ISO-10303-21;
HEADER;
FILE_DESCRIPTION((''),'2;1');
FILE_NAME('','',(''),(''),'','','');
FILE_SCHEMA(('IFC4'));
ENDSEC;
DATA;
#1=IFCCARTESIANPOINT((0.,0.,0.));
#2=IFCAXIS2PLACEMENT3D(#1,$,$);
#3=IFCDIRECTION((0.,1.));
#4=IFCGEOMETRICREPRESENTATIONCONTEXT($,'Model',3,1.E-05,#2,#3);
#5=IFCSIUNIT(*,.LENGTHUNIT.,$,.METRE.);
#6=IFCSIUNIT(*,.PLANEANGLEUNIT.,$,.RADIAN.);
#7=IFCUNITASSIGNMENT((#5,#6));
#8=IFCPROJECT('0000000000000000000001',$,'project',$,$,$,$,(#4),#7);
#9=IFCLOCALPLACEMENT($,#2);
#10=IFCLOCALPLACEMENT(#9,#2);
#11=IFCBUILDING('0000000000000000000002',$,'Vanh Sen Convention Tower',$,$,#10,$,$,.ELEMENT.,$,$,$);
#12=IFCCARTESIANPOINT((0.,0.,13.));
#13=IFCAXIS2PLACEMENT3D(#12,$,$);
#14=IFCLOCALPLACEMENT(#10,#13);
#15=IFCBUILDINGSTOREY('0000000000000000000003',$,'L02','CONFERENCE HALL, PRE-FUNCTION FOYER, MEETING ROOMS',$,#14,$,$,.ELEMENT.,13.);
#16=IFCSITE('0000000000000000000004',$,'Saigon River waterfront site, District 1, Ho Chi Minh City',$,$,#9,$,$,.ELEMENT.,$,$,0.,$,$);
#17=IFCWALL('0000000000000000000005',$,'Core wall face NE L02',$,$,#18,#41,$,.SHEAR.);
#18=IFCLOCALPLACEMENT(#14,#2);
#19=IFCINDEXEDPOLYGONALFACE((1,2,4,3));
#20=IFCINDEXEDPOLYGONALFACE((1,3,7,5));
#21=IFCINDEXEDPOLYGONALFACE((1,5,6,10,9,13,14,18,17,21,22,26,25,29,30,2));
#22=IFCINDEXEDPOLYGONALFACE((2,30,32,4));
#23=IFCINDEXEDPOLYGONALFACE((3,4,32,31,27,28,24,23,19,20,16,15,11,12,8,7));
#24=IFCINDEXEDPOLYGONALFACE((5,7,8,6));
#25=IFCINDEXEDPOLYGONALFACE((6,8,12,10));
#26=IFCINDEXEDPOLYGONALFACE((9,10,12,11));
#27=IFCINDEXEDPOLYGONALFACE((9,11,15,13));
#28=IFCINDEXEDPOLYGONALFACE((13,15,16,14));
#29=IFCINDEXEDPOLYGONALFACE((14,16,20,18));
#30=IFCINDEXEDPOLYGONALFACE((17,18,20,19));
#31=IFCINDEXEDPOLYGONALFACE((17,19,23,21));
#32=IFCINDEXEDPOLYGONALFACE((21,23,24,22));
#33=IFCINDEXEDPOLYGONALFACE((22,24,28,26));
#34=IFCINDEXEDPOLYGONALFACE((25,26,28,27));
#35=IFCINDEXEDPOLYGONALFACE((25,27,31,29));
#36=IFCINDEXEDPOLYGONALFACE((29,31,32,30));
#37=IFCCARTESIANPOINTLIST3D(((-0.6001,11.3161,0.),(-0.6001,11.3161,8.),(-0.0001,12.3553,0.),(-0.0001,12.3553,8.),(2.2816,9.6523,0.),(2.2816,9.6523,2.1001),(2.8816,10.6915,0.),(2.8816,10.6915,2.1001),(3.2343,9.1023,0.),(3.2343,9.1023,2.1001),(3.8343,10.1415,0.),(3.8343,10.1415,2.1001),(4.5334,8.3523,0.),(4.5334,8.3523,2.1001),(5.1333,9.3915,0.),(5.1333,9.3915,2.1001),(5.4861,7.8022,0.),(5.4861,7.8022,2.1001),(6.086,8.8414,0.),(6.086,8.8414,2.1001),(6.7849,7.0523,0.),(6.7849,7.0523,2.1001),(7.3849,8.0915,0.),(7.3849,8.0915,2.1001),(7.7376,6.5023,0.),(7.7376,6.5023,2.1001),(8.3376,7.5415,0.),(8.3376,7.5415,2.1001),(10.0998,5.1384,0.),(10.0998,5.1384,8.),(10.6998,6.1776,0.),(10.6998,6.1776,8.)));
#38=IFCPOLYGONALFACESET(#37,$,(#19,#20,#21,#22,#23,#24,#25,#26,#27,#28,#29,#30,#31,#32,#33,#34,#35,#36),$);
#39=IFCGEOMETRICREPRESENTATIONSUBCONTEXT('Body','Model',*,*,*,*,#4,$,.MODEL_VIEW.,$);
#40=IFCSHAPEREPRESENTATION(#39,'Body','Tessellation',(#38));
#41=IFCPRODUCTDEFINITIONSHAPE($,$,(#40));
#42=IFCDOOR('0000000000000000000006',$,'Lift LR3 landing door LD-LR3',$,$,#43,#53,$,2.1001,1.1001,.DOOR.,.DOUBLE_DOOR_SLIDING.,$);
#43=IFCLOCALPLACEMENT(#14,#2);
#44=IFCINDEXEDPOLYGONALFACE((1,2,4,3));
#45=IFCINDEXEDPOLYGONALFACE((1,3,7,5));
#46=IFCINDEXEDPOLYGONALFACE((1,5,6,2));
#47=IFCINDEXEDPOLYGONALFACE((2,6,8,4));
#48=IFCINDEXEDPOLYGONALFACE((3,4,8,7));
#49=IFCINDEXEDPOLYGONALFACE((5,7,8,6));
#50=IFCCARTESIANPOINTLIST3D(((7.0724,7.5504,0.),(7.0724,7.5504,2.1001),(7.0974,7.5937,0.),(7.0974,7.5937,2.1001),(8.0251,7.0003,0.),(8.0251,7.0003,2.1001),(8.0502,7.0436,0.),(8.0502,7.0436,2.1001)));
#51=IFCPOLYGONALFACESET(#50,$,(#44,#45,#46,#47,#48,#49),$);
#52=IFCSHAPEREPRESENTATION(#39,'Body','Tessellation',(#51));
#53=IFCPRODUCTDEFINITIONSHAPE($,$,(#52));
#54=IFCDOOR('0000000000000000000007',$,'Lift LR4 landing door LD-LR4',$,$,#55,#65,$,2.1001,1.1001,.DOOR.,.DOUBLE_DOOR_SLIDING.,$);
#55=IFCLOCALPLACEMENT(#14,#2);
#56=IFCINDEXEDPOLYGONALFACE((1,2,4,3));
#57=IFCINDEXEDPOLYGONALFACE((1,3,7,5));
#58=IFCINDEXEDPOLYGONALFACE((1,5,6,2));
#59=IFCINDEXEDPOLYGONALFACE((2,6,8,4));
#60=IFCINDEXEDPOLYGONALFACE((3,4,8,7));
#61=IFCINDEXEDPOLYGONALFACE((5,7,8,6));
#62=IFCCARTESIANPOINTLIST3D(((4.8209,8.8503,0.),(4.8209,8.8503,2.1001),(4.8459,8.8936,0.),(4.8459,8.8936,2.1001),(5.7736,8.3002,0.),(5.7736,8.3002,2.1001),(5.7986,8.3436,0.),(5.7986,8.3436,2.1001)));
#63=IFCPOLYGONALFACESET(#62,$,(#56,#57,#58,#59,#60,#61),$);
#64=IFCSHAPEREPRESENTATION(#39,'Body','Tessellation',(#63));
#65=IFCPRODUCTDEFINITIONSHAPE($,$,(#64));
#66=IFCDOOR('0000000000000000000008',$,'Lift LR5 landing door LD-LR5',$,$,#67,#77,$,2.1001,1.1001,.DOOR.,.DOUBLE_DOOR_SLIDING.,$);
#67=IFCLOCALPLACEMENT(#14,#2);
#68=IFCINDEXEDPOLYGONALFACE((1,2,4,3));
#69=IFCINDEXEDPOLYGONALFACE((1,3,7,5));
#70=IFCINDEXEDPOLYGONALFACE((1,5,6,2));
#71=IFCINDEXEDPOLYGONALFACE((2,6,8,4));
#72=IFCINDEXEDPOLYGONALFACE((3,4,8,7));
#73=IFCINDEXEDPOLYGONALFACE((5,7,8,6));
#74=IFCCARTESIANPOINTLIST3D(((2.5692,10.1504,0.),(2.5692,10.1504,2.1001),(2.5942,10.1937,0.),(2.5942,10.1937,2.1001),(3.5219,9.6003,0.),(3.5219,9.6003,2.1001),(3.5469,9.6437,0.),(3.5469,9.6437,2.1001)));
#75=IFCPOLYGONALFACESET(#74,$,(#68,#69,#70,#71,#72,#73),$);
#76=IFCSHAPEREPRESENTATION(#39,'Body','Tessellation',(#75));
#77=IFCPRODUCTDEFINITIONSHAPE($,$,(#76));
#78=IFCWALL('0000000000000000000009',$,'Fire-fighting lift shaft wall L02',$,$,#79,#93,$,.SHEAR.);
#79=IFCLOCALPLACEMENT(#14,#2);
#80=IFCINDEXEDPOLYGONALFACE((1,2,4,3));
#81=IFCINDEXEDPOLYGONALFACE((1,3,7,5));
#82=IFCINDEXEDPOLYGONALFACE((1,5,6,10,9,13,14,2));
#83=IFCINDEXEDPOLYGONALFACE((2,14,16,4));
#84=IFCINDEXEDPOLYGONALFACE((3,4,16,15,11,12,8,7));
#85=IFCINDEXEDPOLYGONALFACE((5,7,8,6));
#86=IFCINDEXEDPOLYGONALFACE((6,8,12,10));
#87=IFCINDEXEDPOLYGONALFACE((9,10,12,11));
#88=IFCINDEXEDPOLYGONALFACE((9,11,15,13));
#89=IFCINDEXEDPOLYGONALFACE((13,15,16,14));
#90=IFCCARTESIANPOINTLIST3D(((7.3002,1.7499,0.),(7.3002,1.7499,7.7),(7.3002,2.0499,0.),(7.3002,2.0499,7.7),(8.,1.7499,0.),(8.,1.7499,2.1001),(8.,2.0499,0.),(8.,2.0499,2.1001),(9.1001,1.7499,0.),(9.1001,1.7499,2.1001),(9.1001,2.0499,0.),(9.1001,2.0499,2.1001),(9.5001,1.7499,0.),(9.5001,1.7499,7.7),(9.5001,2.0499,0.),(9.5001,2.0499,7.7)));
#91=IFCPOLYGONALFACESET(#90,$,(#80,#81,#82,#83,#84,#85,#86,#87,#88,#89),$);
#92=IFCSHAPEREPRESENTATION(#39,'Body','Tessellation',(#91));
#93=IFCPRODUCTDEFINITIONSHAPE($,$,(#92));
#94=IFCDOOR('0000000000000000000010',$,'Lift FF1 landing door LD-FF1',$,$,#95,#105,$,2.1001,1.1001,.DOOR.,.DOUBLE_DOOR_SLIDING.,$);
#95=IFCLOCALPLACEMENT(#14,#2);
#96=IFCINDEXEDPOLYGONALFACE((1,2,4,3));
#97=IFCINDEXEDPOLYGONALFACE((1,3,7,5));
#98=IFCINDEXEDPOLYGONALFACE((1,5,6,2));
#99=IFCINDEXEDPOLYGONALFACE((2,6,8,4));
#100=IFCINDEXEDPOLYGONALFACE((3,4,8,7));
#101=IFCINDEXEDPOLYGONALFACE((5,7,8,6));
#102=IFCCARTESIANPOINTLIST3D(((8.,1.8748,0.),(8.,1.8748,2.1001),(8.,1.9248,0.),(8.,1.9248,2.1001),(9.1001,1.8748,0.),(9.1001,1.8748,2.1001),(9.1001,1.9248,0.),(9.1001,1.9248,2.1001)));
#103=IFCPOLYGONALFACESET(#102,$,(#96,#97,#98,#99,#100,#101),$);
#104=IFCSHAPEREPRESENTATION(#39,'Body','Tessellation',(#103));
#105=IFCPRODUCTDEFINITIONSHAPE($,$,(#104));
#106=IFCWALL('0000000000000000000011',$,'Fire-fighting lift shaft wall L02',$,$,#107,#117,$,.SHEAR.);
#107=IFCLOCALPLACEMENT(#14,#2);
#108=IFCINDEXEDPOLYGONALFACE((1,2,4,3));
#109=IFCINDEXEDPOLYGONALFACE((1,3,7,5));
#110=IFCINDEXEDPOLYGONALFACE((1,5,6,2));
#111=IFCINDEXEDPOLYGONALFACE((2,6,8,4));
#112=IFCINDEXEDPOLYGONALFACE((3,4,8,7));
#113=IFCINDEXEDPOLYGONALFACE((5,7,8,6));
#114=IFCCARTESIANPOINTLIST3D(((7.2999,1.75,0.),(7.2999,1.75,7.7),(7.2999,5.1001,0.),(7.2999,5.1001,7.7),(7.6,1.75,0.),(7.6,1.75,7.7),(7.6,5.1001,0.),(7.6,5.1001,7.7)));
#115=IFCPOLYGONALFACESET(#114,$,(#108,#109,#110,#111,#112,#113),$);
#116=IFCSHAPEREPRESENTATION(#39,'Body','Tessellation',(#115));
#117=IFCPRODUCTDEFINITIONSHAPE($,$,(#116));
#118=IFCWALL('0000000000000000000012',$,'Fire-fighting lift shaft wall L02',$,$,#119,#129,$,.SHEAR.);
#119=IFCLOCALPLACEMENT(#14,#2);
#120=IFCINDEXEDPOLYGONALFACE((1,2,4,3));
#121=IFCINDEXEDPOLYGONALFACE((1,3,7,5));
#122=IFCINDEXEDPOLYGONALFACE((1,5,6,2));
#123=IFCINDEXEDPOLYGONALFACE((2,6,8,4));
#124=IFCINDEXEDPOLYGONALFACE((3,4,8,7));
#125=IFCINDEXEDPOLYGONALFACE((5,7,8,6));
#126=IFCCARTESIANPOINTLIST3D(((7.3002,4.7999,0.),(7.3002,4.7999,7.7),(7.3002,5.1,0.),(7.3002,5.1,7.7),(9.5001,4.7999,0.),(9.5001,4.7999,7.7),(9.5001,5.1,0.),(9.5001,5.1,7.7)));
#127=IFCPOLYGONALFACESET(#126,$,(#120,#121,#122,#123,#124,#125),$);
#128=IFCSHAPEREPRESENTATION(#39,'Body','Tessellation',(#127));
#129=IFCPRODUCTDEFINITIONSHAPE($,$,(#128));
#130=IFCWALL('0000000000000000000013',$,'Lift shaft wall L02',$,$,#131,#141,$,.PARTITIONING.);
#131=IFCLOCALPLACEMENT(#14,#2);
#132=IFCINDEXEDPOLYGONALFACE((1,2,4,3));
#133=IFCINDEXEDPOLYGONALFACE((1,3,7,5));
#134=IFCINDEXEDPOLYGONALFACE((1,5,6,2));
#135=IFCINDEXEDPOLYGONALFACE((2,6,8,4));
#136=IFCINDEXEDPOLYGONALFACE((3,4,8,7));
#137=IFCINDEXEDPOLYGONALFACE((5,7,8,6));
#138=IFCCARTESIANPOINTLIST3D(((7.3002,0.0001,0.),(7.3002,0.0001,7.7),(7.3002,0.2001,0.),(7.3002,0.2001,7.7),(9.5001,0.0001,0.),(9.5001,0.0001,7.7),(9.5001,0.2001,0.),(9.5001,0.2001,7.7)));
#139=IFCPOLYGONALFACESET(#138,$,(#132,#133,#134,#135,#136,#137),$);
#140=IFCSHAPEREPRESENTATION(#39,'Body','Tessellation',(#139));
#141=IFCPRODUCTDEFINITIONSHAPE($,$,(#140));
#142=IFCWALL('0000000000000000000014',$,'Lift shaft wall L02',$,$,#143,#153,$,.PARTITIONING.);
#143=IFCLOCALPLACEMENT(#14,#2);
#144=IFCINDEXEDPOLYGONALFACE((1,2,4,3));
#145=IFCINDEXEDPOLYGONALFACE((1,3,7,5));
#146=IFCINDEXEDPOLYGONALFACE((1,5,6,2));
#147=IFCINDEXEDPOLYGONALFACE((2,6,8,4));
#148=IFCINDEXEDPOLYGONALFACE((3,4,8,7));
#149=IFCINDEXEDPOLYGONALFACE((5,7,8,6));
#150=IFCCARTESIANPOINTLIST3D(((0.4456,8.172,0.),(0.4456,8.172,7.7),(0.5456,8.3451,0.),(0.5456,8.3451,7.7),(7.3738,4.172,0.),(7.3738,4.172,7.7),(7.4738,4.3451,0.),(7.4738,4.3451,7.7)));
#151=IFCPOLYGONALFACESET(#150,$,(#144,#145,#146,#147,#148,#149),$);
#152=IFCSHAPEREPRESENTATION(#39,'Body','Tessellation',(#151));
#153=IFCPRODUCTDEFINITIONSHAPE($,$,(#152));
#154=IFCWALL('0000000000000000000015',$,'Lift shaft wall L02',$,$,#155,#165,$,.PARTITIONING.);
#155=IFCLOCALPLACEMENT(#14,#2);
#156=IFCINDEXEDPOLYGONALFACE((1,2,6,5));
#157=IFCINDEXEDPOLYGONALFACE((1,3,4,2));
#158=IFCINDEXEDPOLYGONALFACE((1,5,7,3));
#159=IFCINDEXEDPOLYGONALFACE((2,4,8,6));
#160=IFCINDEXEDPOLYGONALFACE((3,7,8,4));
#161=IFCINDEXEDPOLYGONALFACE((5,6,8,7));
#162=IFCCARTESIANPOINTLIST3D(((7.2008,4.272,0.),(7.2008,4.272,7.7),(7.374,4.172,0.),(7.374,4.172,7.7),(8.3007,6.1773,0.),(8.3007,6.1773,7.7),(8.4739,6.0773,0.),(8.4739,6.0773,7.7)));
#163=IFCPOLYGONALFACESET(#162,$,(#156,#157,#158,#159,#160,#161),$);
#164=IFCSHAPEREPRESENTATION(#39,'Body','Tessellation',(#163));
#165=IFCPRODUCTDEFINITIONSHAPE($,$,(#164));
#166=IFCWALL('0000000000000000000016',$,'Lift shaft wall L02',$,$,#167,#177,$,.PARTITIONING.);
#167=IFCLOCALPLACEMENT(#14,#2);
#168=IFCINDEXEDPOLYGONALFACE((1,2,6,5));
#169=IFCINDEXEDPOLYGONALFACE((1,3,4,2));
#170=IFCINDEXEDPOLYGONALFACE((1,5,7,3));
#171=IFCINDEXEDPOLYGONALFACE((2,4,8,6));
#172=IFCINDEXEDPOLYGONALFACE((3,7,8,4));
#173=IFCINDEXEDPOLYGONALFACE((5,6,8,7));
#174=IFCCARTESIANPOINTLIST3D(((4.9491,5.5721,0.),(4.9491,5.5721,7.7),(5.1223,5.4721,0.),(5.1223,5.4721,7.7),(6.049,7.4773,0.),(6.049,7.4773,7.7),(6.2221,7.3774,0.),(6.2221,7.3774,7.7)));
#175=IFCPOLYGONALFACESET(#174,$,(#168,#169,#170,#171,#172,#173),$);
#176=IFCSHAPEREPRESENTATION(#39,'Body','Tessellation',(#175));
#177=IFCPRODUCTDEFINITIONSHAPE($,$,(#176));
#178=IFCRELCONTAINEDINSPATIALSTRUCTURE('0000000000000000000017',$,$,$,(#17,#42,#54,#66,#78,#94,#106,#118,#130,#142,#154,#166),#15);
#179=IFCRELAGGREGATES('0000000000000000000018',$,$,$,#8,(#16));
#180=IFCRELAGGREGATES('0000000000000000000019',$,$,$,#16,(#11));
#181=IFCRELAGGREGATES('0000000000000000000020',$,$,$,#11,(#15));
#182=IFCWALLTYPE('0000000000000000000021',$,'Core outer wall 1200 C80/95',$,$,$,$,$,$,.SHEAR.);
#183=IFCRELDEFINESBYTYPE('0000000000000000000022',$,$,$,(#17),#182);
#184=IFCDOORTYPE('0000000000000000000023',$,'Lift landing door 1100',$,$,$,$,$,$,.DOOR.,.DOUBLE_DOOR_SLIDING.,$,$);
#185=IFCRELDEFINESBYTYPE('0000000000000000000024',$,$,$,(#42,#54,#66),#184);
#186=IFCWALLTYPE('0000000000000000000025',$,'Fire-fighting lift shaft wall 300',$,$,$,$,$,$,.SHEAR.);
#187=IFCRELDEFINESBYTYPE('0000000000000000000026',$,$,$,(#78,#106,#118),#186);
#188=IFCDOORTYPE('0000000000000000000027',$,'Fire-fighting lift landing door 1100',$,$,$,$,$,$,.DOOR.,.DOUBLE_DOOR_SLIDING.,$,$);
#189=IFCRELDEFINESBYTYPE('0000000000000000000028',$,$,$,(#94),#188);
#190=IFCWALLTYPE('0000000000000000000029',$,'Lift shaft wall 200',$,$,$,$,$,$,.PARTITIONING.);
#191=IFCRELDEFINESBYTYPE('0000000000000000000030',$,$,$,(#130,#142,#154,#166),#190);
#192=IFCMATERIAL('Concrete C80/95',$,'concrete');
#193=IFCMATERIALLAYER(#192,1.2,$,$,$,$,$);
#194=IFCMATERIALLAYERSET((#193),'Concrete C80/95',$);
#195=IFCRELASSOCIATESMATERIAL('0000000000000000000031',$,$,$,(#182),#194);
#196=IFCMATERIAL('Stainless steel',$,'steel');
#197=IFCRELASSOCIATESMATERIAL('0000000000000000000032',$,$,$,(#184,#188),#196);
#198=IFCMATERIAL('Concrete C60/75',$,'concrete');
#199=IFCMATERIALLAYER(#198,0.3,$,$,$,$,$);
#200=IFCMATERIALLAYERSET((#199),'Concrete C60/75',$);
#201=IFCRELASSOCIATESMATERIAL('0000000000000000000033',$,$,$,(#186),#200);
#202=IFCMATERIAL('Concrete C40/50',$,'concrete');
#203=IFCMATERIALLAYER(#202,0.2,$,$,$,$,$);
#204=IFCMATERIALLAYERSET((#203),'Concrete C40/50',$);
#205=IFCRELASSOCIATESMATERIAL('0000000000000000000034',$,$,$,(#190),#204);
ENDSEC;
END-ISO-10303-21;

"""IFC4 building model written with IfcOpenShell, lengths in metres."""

from ifc_helpers import new_model, si_unit, direction, frame, frame_2d, origin, place, context, subcontext, project, spatial, rectangle, extrude, material, layer, layer_set, type_object, element, fill, save


model = new_model("IFC4")

# Units and contexts
model_context = context("Model", 3, precision=1e-05, world=origin(), true_north=direction((0.0, 1.0)))
body_context = subcontext(model_context, "Body", "Model", "MODEL_VIEW")
ifc_project = project(units=[si_unit("LENGTHUNIT", "METRE"), si_unit("PLANEANGLEUNIT", "RADIAN")], contexts=[model_context])

# Site, building, storey
site_placement = place(None, origin())
site = spatial("IfcSite", under=ifc_project, at=site_placement, Name="Saigon River waterfront site, District 1, Ho Chi Minh City", CompositionType="ELEMENT", RefElevation=0.0)
building_placement = place(site_placement, origin())
building = spatial("IfcBuilding", under=site, at=building_placement, Name="Vanh Sen Convention Tower", CompositionType="ELEMENT")
storey_placement = place(building_placement, frame((0.0, 0.0, 13.0)))
storey = spatial("IfcBuildingStorey", under=building, at=storey_placement, Name="L02", Description="CONFERENCE HALL, PRE-FUNCTION FOYER, MEETING ROOMS", CompositionType="ELEMENT", Elevation=13.0)

# Wall, openings, doors
ifc_material_1 = material(Name="Concrete C80/95", Category="concrete")
ifc_layer_1 = layer(ifc_material_1, 1.2)
ifc_layer_set_1 = layer_set([ifc_layer_1], Name="Concrete C80/95")
wall_type_1 = type_object("IfcWallType", Name="Core outer wall 1200 C80/95", PredefinedType="SHEAR", material=ifc_layer_set_1)
wall_1_placement = place(storey_placement, frame((10.3999, 5.658, 0.0), z_axis=(0.0, 0.0, 1.0), x_axis=(-0.866021, 0.500007, 0.0)))
wall_1 = element("IfcWall", 1, at=wall_1_placement, inside=storey, type_object=wall_type_1, Name="Core wall face NE L02", PredefinedType="SHEAR", context=body_context, shape_type="SweptSolid", body=[
    extrude(rectangle(XDim=12.3552, YDim=1.2, at=frame_2d((6.1777, 0.0))), origin(), (0.0, 0.0, 1.0), 8.0),
])
opening_1_placement = place(wall_1_placement, frame((2.7278, 0.0, 0.0)))
opening_1 = element("IfcOpeningElement", 2, at=opening_1_placement, cuts=wall_1, PredefinedType="OPENING", context=body_context, shape_type="SweptSolid", body=[
    extrude(rectangle(XDim=1.1001, YDim=2.1001, at=frame_2d((0.55, 1.05))), frame((0.0, 0.6099, 0.0), z_axis=(0.0, -1.0, 0.0), x_axis=(1.0, 0.0, 0.0)), (0.0, 0.0, 1.0), 1.22),
])
opening_2_placement = place(wall_1_placement, frame((5.3276, 0.0, 0.0)))
opening_2 = element("IfcOpeningElement", 3, at=opening_2_placement, cuts=wall_1, PredefinedType="OPENING", context=body_context, shape_type="SweptSolid", body=[
    extrude(rectangle(XDim=1.1001, YDim=2.1001, at=frame_2d((0.55, 1.05))), frame((0.0, 0.6099, 0.0), z_axis=(0.0, -1.0, 0.0), x_axis=(1.0, 0.0, 0.0)), (0.0, 0.0, 1.0), 1.22),
])
opening_3_placement = place(wall_1_placement, frame((7.9277, 0.0, 0.0)))
opening_3 = element("IfcOpeningElement", 4, at=opening_3_placement, cuts=wall_1, PredefinedType="OPENING", context=body_context, shape_type="SweptSolid", body=[
    extrude(rectangle(XDim=1.1001, YDim=2.1001, at=frame_2d((0.55, 1.05))), frame((0.0, 0.6099, 0.0), z_axis=(0.0, -1.0, 0.0), x_axis=(1.0, 0.0, 0.0)), (0.0, 0.0, 1.0), 1.22),
])
ifc_material_2 = material(Name="Stainless steel", Category="steel")
door_type_1 = type_object("IfcDoorType", Name="Lift landing door 1100", OperationType="DOUBLE_DOOR_SLIDING", PredefinedType="DOOR", material=ifc_material_2)
door_1_placement = place(opening_1_placement, origin())
door_1 = element("IfcDoor", 5, at=door_1_placement, inside=storey, type_object=door_type_1, Name="Lift LR3 landing door LD-LR3", OperationType="DOUBLE_DOOR_SLIDING", OverallHeight=2.1001, OverallWidth=1.1001, PredefinedType="DOOR", context=body_context, shape_type="SweptSolid", body=[
    extrude(rectangle(XDim=1.1001, YDim=2.1001, at=frame_2d((0.55, 1.05))), frame((0.0, 0.0249, 0.0), z_axis=(0.0, -1.0, 0.0), x_axis=(1.0, 0.0, 0.0)), (0.0, 0.0, 1.0), 0.05),
])
fill(opening_1, door_1)
door_2_placement = place(opening_2_placement, origin())
door_2 = element("IfcDoor", 6, at=door_2_placement, inside=storey, type_object=door_type_1, Name="Lift LR4 landing door LD-LR4", OperationType="DOUBLE_DOOR_SLIDING", OverallHeight=2.1001, OverallWidth=1.1001, PredefinedType="DOOR", context=body_context, shape_type="SweptSolid", body=[
    extrude(rectangle(XDim=1.1001, YDim=2.1001, at=frame_2d((0.55, 1.05))), frame((0.0, 0.0249, 0.0), z_axis=(0.0, -1.0, 0.0), x_axis=(1.0, 0.0, 0.0)), (0.0, 0.0, 1.0), 0.05),
])
fill(opening_2, door_2)
door_3_placement = place(opening_3_placement, origin())
door_3 = element("IfcDoor", 7, at=door_3_placement, inside=storey, type_object=door_type_1, Name="Lift LR5 landing door LD-LR5", OperationType="DOUBLE_DOOR_SLIDING", OverallHeight=2.1001, OverallWidth=1.1001, PredefinedType="DOOR", context=body_context, shape_type="SweptSolid", body=[
    extrude(rectangle(XDim=1.1001, YDim=2.1001, at=frame_2d((0.55, 1.05))), frame((0.0, 0.0249, 0.0), z_axis=(0.0, -1.0, 0.0), x_axis=(1.0, 0.0, 0.0)), (0.0, 0.0, 1.0), 0.05),
])
fill(opening_3, door_3)

# Wall, opening, door
ifc_material_3 = material(Name="Concrete C60/75", Category="concrete")
ifc_layer_2 = layer(ifc_material_3, 0.3)
ifc_layer_set_2 = layer_set([ifc_layer_2], Name="Concrete C60/75")
wall_type_2 = type_object("IfcWallType", Name="Fire-fighting lift shaft wall 300", PredefinedType="SHEAR", material=ifc_layer_set_2)
wall_2_placement = place(storey_placement, frame((7.3, 1.8999, 0.0), z_axis=(0.0, 0.0, 1.0), x_axis=(1.0, 0.0, 0.0)))
wall_2 = element("IfcWall", 8, at=wall_2_placement, inside=storey, type_object=wall_type_2, Name="Fire-fighting lift shaft wall L02", PredefinedType="SHEAR", context=body_context, shape_type="SweptSolid", body=[
    extrude(rectangle(XDim=2.2, YDim=0.3, at=frame_2d((1.1001, 0.0))), origin(), (0.0, 0.0, 1.0), 7.7),
])
opening_4_placement = place(wall_2_placement, frame((0.7, 0.0, 0.0)))
opening_4 = element("IfcOpeningElement", 9, at=opening_4_placement, cuts=wall_2, PredefinedType="OPENING", context=body_context, shape_type="SweptSolid", body=[
    extrude(rectangle(XDim=1.1001, YDim=2.1001, at=frame_2d((0.55, 1.05))), frame((0.0, 0.1599, 0.0), z_axis=(0.0, -1.0, 0.0), x_axis=(1.0, 0.0, 0.0)), (0.0, 0.0, 1.0), 0.3201),
])
door_type_2 = type_object("IfcDoorType", Name="Fire-fighting lift landing door 1100", OperationType="DOUBLE_DOOR_SLIDING", PredefinedType="DOOR", material=ifc_material_2)
door_4_placement = place(opening_4_placement, origin())
door_4 = element("IfcDoor", 10, at=door_4_placement, inside=storey, type_object=door_type_2, Name="Lift FF1 landing door LD-FF1", OperationType="DOUBLE_DOOR_SLIDING", OverallHeight=2.1001, OverallWidth=1.1001, PredefinedType="DOOR", context=body_context, shape_type="SweptSolid", body=[
    extrude(rectangle(XDim=1.1001, YDim=2.1001, at=frame_2d((0.55, 1.05))), frame((0.0, 0.0249, 0.0), z_axis=(0.0, -1.0, 0.0), x_axis=(1.0, 0.0, 0.0)), (0.0, 0.0, 1.0), 0.05),
])
fill(opening_4, door_4)

# Walls
wall_3_placement = place(storey_placement, frame((7.45, 1.75, 0.0), z_axis=(0.0, 0.0, 1.0), x_axis=(0.0, 1.0, 0.0)))
element("IfcWall", 11, at=wall_3_placement, inside=storey, type_object=wall_type_2, Name="Fire-fighting lift shaft wall L02", PredefinedType="SHEAR", context=body_context, shape_type="SweptSolid", body=[
    extrude(rectangle(XDim=3.3501, YDim=0.3, at=frame_2d((1.675, 0.0))), origin(), (0.0, 0.0, 1.0), 7.7),
])
wall_4_placement = place(storey_placement, frame((7.3, 4.95, 0.0), z_axis=(0.0, 0.0, 1.0), x_axis=(1.0, 0.0, 0.0)))
element("IfcWall", 12, at=wall_4_placement, inside=storey, type_object=wall_type_2, Name="Fire-fighting lift shaft wall L02", PredefinedType="SHEAR", context=body_context, shape_type="SweptSolid", body=[
    extrude(rectangle(XDim=2.2, YDim=0.3, at=frame_2d((1.1001, 0.0))), origin(), (0.0, 0.0, 1.0), 7.7),
])
ifc_material_4 = material(Name="Concrete C40/50", Category="concrete")
ifc_layer_3 = layer(ifc_material_4, 0.2)
ifc_layer_set_3 = layer_set([ifc_layer_3], Name="Concrete C40/50")
wall_type_3 = type_object("IfcWallType", Name="Lift shaft wall 200", PredefinedType="PARTITIONING", material=ifc_layer_set_3)
wall_5_placement = place(storey_placement, frame((7.3, 0.1001, 0.0), z_axis=(0.0, 0.0, 1.0), x_axis=(1.0, 0.0, 0.0)))
element("IfcWall", 13, at=wall_5_placement, inside=storey, type_object=wall_type_3, Name="Lift shaft wall L02", PredefinedType="PARTITIONING", context=body_context, shape_type="SweptSolid", body=[
    extrude(rectangle(XDim=2.2, YDim=0.2, at=frame_2d((1.1001, 0.0))), origin(), (0.0, 0.0, 1.0), 7.7),
])
wall_6_placement = place(storey_placement, frame((7.4238, 4.2585, 0.0), z_axis=(0.0, 0.0, 1.0), x_axis=(-0.866026, 0.499999, 0.0)))
element("IfcWall", 14, at=wall_6_placement, inside=storey, type_object=wall_type_3, Name="Lift shaft wall L02", PredefinedType="PARTITIONING", context=body_context, shape_type="SweptSolid", body=[
    extrude(rectangle(XDim=8.0, YDim=0.2, at=frame_2d((4.0, 0.0))), origin(), (0.0, 0.0, 1.0), 7.7),
])
for number, where, z_axis, x_axis, name in (
    (15, (7.2874, 4.2219, 0.0), (0.0, 0.0, 1.0), (0.499947, 0.866056, 0.0), "Lift shaft wall L02"),
    (16, (5.0356, 5.522, 0.0), (0.0, 0.0, 1.0), (0.499947, 0.866056, 0.0), "Lift shaft wall L02"),
):
    element("IfcWall", number, at=place(storey_placement, frame(where, z_axis=z_axis, x_axis=x_axis)), inside=storey, type_object=wall_type_3, Name=name, PredefinedType="PARTITIONING", context=body_context, shape_type="SweptSolid", body=[
        extrude(rectangle(XDim=2.2, YDim=0.2, at=frame_2d((1.1001, 0.0))), origin(), (0.0, 0.0, 1.0), 7.7),
    ])

save(model, "model.ifc")
